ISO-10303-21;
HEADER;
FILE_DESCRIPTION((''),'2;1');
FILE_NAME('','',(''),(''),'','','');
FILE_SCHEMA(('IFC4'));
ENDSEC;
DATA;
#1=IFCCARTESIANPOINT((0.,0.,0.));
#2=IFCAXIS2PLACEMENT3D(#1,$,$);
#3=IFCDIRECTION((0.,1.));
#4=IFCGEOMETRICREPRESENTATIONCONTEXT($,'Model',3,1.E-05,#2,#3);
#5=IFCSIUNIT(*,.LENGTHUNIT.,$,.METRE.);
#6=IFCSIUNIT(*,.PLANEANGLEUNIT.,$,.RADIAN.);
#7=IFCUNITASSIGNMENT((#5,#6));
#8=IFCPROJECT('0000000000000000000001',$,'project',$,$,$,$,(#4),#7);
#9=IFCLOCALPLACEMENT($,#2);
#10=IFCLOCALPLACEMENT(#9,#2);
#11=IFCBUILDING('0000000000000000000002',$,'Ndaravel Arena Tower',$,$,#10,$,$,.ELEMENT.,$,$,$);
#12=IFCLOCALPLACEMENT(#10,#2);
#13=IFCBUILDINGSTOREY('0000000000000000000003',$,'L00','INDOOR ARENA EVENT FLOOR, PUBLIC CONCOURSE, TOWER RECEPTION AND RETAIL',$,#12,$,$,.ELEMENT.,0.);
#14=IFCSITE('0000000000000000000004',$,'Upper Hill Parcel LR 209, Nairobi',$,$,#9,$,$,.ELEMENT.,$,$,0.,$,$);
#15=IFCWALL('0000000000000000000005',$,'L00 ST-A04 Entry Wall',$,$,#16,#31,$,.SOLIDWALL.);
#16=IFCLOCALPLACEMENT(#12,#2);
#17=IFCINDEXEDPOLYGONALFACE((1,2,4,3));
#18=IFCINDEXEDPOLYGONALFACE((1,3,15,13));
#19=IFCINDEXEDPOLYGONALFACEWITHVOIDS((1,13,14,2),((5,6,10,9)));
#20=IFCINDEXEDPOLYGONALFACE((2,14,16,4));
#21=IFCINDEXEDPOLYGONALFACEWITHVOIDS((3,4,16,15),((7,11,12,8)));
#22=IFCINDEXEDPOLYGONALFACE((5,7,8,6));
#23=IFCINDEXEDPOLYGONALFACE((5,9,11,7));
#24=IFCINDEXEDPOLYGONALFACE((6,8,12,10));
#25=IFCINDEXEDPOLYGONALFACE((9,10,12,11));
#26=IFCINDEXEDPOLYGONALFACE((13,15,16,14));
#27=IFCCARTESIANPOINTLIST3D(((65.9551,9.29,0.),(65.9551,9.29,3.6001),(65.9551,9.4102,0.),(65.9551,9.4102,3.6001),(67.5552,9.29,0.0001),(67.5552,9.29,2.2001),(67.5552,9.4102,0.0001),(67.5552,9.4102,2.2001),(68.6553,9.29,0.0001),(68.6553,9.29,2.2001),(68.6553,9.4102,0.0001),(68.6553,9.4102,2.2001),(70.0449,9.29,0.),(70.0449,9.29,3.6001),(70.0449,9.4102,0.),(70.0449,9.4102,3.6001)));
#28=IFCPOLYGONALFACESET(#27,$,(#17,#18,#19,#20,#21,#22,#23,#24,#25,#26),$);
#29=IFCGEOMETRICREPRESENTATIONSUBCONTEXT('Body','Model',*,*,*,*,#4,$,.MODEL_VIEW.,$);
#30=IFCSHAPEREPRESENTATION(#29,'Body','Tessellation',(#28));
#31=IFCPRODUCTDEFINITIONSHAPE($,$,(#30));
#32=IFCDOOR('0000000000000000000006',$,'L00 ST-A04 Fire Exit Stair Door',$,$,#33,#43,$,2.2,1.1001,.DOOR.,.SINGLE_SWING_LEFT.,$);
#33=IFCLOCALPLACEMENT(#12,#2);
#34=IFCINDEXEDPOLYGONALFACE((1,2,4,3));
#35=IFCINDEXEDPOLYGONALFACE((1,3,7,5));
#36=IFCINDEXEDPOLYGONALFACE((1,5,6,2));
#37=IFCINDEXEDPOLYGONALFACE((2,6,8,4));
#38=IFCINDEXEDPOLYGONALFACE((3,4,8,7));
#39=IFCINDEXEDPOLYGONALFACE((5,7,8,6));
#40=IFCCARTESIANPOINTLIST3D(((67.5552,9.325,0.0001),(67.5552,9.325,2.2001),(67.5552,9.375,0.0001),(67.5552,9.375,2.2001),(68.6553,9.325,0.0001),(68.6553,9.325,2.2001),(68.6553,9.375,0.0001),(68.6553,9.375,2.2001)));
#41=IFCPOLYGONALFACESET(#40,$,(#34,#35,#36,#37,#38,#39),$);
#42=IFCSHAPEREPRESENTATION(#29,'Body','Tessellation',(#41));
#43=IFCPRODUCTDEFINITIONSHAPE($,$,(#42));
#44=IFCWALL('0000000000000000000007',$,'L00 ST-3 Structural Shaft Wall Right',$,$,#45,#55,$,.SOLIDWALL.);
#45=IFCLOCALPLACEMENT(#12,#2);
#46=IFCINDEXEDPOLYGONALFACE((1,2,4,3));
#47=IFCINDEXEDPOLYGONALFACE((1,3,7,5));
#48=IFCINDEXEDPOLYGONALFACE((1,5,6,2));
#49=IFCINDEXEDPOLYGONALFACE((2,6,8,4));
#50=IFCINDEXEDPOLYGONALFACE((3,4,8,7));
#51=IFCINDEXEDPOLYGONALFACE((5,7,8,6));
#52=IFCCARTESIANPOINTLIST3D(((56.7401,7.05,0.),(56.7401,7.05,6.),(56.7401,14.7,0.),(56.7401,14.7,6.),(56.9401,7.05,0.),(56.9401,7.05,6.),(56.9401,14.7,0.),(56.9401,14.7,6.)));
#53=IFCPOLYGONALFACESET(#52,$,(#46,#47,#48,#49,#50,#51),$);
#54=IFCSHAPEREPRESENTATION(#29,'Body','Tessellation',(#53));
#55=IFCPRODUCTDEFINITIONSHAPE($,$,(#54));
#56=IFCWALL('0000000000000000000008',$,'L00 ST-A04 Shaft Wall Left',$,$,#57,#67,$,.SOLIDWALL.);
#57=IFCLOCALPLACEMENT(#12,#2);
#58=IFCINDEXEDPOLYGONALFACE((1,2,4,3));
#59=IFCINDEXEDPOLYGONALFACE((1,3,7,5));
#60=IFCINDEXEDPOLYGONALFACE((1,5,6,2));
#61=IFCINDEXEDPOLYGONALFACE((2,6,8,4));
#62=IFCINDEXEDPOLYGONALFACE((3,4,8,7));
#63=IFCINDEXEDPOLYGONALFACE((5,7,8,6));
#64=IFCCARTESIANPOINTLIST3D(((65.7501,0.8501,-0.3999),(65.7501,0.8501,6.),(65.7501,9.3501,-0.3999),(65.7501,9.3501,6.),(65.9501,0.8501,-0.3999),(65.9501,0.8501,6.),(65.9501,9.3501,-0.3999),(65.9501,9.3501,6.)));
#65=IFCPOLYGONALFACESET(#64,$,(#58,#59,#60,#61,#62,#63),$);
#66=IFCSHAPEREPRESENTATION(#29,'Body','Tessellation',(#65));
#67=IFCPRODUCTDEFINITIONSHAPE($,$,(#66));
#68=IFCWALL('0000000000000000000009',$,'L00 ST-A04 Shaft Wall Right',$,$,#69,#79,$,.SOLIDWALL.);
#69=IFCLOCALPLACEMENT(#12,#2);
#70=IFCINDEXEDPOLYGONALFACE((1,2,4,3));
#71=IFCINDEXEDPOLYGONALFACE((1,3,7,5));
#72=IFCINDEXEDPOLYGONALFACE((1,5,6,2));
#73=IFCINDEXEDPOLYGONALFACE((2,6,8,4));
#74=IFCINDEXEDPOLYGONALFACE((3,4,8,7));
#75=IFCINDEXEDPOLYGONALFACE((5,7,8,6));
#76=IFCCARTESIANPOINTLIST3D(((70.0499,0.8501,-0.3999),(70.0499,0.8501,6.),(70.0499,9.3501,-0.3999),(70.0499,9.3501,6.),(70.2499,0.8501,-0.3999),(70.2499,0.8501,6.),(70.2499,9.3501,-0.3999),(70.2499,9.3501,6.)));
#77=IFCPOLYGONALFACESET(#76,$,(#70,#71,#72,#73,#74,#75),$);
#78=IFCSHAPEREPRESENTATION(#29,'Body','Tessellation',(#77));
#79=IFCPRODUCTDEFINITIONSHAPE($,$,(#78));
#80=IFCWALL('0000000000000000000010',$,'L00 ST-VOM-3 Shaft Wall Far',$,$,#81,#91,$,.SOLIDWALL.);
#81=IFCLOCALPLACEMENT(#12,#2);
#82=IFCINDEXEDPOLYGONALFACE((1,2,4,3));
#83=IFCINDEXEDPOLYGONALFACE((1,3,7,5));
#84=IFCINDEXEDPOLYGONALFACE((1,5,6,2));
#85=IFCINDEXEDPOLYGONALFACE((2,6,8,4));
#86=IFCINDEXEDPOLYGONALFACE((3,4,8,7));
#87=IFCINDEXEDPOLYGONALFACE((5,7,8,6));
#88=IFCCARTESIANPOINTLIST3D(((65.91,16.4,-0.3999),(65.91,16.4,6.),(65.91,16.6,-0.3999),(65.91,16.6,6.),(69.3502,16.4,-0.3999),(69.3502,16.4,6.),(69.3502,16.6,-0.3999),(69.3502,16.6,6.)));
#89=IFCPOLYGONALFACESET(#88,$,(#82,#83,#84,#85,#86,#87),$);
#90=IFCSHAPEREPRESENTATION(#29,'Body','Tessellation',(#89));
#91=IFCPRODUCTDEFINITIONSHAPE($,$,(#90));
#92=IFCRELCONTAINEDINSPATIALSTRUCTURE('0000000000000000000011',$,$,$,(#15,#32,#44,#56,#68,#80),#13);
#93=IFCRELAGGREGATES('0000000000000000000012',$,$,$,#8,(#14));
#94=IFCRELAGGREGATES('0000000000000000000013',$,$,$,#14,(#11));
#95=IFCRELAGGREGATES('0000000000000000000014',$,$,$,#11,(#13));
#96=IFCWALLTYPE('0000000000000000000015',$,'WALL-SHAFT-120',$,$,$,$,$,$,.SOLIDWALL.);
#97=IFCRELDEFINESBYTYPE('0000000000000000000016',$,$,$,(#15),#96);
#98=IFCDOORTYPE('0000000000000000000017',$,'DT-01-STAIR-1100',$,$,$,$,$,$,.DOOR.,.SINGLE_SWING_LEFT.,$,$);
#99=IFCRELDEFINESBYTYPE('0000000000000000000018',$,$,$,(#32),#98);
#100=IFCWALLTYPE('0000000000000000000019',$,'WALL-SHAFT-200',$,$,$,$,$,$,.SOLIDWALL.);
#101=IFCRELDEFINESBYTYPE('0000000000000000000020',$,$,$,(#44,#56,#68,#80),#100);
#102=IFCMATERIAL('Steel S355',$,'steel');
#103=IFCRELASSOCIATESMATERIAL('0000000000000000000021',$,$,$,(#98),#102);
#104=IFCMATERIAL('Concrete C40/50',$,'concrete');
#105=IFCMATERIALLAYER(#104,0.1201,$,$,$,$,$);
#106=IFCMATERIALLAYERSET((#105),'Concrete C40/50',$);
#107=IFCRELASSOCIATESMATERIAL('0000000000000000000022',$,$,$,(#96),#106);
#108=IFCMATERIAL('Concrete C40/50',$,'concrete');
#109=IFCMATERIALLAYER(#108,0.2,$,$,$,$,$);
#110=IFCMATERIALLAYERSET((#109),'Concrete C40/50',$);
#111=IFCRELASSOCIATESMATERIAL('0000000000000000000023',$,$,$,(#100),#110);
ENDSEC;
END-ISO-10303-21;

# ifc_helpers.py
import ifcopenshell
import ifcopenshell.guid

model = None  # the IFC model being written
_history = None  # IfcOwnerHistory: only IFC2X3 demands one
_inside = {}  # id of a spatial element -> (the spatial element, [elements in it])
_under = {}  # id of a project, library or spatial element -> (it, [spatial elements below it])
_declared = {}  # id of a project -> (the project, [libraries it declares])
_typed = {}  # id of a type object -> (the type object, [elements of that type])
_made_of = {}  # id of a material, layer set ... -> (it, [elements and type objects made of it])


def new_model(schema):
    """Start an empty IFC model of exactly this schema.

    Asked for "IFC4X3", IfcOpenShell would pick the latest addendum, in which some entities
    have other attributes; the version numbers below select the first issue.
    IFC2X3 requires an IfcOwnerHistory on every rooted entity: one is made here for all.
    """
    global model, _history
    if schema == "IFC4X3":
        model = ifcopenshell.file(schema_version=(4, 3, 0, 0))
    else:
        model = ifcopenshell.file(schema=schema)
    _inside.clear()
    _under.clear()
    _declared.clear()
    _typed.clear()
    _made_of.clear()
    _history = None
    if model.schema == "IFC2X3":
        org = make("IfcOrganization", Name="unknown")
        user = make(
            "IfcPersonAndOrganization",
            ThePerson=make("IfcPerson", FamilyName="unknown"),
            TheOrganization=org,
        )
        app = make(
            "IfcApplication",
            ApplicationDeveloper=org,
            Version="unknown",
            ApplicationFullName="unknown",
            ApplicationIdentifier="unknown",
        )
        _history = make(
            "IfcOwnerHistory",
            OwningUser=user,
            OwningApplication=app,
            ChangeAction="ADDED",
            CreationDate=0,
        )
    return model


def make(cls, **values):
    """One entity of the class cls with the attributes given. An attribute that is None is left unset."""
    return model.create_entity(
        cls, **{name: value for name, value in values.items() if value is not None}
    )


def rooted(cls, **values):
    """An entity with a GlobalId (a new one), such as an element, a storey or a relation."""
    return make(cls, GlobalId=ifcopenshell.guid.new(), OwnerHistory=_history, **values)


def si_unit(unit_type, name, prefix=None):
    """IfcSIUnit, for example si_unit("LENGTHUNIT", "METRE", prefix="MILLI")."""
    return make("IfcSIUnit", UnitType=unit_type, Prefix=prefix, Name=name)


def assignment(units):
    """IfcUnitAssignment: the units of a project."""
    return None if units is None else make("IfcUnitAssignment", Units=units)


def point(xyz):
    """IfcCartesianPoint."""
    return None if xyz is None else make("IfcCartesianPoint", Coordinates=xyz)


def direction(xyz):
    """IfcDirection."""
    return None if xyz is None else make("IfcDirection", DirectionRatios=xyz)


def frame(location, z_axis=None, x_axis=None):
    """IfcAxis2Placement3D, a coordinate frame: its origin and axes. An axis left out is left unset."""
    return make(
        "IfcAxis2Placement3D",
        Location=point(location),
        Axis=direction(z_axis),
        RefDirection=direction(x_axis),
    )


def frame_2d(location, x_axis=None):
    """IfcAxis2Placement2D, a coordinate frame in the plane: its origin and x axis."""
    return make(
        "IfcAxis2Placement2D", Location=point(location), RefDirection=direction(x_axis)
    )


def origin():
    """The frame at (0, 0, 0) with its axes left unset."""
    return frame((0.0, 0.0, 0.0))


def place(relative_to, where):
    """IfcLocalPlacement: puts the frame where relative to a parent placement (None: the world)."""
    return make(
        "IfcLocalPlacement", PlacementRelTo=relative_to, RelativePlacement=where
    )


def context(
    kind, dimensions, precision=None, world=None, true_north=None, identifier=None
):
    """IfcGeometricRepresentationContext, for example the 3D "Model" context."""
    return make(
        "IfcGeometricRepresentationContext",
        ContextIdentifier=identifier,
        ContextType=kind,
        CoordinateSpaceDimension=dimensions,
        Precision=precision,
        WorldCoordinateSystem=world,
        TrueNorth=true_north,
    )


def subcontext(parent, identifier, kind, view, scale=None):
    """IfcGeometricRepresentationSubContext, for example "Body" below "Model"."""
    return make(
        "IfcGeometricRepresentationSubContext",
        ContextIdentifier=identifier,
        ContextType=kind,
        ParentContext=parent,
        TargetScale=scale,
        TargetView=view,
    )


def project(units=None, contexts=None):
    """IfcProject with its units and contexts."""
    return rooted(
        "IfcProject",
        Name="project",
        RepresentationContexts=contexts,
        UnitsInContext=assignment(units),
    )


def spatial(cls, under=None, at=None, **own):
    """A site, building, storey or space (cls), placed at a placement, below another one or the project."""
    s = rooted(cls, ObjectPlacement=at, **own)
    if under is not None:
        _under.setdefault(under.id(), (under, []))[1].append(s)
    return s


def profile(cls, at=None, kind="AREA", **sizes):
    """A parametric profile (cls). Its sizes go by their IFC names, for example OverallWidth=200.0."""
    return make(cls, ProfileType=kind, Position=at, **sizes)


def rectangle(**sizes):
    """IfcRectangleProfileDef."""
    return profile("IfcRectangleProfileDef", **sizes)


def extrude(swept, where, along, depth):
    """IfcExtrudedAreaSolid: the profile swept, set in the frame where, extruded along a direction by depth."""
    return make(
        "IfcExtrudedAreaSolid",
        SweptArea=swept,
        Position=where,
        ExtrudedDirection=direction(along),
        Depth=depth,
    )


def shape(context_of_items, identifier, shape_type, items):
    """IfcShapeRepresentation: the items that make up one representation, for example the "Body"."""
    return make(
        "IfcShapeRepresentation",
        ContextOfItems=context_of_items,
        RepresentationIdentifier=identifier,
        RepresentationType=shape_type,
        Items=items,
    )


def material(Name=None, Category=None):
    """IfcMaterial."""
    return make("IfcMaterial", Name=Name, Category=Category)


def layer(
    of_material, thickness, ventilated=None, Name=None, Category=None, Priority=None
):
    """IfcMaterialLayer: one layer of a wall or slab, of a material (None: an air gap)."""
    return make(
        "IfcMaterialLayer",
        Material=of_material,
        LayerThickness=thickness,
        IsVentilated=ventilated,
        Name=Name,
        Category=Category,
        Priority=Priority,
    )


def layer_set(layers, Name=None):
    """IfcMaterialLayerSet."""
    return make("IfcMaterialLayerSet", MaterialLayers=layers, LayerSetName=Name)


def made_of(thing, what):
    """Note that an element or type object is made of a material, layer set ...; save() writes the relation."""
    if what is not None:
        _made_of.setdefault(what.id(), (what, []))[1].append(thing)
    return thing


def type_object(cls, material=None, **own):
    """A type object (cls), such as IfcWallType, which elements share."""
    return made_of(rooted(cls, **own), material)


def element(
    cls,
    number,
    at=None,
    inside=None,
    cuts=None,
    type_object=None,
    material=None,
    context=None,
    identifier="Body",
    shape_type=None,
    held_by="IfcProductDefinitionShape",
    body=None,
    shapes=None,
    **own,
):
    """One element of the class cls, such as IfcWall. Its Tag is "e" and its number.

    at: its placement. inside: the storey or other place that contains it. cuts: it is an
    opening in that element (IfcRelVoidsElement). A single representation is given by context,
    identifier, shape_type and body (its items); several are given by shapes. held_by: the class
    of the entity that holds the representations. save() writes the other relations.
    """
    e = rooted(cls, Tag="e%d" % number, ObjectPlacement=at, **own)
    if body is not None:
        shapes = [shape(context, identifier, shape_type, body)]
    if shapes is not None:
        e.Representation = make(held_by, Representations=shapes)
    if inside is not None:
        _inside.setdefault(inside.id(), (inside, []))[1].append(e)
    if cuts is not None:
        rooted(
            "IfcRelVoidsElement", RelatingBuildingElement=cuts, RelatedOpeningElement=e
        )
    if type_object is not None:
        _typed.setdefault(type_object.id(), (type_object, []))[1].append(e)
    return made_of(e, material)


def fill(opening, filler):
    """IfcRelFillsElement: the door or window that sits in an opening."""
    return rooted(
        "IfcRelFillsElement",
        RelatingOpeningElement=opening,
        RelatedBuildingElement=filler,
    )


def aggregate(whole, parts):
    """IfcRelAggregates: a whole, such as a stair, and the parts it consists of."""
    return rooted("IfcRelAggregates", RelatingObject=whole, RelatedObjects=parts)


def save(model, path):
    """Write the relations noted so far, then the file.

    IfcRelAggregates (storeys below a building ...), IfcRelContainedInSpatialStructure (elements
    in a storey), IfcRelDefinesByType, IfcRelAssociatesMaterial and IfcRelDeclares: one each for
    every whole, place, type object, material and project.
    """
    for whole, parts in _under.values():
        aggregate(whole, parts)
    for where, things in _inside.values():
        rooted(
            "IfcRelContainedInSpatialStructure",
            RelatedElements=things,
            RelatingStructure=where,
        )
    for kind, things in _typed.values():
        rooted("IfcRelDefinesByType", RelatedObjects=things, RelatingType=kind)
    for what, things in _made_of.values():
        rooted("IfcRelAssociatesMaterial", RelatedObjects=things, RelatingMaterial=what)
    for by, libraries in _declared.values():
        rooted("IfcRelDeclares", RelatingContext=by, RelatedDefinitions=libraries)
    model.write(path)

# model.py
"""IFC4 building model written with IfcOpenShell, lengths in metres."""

from ifc_helpers import new_model, si_unit, direction, frame, frame_2d, origin, place, context, subcontext, project, spatial, rectangle, extrude, material, layer, layer_set, type_object, element, fill, save


model = new_model("IFC4")

# Units and contexts
model_context = context("Model", 3, precision=1e-05, world=origin(), true_north=direction((0.0, 1.0)))
body_context = subcontext(model_context, "Body", "Model", "MODEL_VIEW")
ifc_project = project(units=[si_unit("LENGTHUNIT", "METRE"), si_unit("PLANEANGLEUNIT", "RADIAN")], contexts=[model_context])

# Site, building, storey
site_placement = place(None, origin())
site = spatial("IfcSite", under=ifc_project, at=site_placement, Name="Upper Hill Parcel LR 209, Nairobi", CompositionType="ELEMENT", RefElevation=0.0)
building_placement = place(site_placement, origin())
building = spatial("IfcBuilding", under=site, at=building_placement, Name="Ndaravel Arena Tower", CompositionType="ELEMENT")
storey_placement = place(building_placement, origin())
storey = spatial("IfcBuildingStorey", under=building, at=storey_placement, Name="L00", Description="INDOOR ARENA EVENT FLOOR, PUBLIC CONCOURSE, TOWER RECEPTION AND RETAIL", CompositionType="ELEMENT", Elevation=0.0)

# Shared definitions
ifc_material_1 = material(Name="Steel S355", Category="steel")
door_type = type_object("IfcDoorType", Name="DT-01-STAIR-1100", OperationType="SINGLE_SWING_LEFT", PredefinedType="DOOR", material=ifc_material_1)

# Wall, opening, door
ifc_material_2 = material(Name="Concrete C40/50", Category="concrete")
ifc_layer_1 = layer(ifc_material_2, 0.1201)
ifc_layer_set_1 = layer_set([ifc_layer_1], Name="Concrete C40/50")
wall_type_1 = type_object("IfcWallType", Name="WALL-SHAFT-120", PredefinedType="SOLIDWALL", material=ifc_layer_set_1)
wall_1_placement = place(storey_placement, frame((65.9551, 9.3501, 0.0), z_axis=(0.0, 0.0, 1.0), x_axis=(1.0, 0.0, 0.0)))
wall_1 = element("IfcWall", 1, at=wall_1_placement, inside=storey, type_object=wall_type_1, Name="L00 ST-A04 Entry Wall", PredefinedType="SOLIDWALL", context=body_context, shape_type="SweptSolid", body=[
    extrude(rectangle(XDim=4.0898, YDim=0.1201, at=frame_2d((2.0449, 0.0))), origin(), (0.0, 0.0, 1.0), 3.6001),
])
opening_1_placement = place(wall_1_placement, frame((1.6001, 0.0, 0.0)))
opening_1 = element("IfcOpeningElement", 2, at=opening_1_placement, cuts=wall_1, PredefinedType="OPENING", context=body_context, shape_type="SweptSolid", body=[
    extrude(rectangle(XDim=1.1001, YDim=2.2, at=frame_2d((0.55, 1.1001))), frame((0.0, 0.0601, 0.0), z_axis=(0.0, -1.0, 0.0), x_axis=(1.0, 0.0, 0.0)), (0.0, 0.0, 1.0), 0.1201),
])
door_1_placement = place(opening_1_placement, origin())
door_1 = element("IfcDoor", 3, at=door_1_placement, inside=storey, type_object=door_type, Name="L00 ST-A04 Fire Exit Stair Door", OperationType="SINGLE_SWING_LEFT", OverallHeight=2.2, OverallWidth=1.1001, PredefinedType="DOOR", context=body_context, shape_type="SweptSolid", body=[
    extrude(rectangle(XDim=1.1001, YDim=2.2, at=frame_2d((0.55, 1.1001))), frame((0.0, 0.0249, 0.0), z_axis=(0.0, -1.0, 0.0), x_axis=(1.0, 0.0, 0.0)), (0.0, 0.0, 1.0), 0.05),
])
fill(opening_1, door_1)

# Walls
ifc_material_3 = material(Name="Concrete C40/50", Category="concrete")
ifc_layer_2 = layer(ifc_material_3, 0.2)
ifc_layer_set_2 = layer_set([ifc_layer_2], Name="Concrete C40/50")
wall_type_2 = type_object("IfcWallType", Name="WALL-SHAFT-200", PredefinedType="SOLIDWALL", material=ifc_layer_set_2)
wall_2_placement = place(storey_placement, frame((56.8401, 14.7, 0.0), z_axis=(0.0, 0.0, 1.0), x_axis=(0.0, -1.0, 0.0)))
element("IfcWall", 4, at=wall_2_placement, inside=storey, type_object=wall_type_2, Name="L00 ST-3 Structural Shaft Wall Right", PredefinedType="SOLIDWALL", context=body_context, shape_type="SweptSolid", body=[
    extrude(rectangle(XDim=7.6499, YDim=0.2, at=frame_2d((3.825, 0.0))), origin(), (0.0, 0.0, 1.0), 6.0),
])
for number, where, z_axis, x_axis, name in (
    (5, (65.8501, 9.3501, -0.3999), (0.0, 0.0, 1.0), (0.0, -1.0, 0.0), "L00 ST-A04 Shaft Wall Left"),
    (6, (70.1499, 9.3501, -0.3999), (0.0, 0.0, 1.0), (0.0, -1.0, 0.0), "L00 ST-A04 Shaft Wall Right"),
):
    element("IfcWall", number, at=place(storey_placement, frame(where, z_axis=z_axis, x_axis=x_axis)), inside=storey, type_object=wall_type_2, Name=name, PredefinedType="SOLIDWALL", context=body_context, shape_type="SweptSolid", body=[
        extrude(rectangle(XDim=8.5, YDim=0.2, at=frame_2d((4.25, 0.0))), origin(), (0.0, 0.0, 1.0), 6.3999),
    ])
wall_3_placement = place(storey_placement, frame((65.9099, 16.5, -0.3999), z_axis=(0.0, 0.0, 1.0), x_axis=(1.0, 0.0, 0.0)))
element("IfcWall", 7, at=wall_3_placement, inside=storey, type_object=wall_type_2, Name="L00 ST-VOM-3 Shaft Wall Far", PredefinedType="SOLIDWALL", context=body_context, shape_type="SweptSolid", body=[
    extrude(rectangle(XDim=3.4402, YDim=0.2, at=frame_2d((1.7202, 0.0))), origin(), (0.0, 0.0, 1.0), 6.3999),
])

save(model, "model.ifc")
